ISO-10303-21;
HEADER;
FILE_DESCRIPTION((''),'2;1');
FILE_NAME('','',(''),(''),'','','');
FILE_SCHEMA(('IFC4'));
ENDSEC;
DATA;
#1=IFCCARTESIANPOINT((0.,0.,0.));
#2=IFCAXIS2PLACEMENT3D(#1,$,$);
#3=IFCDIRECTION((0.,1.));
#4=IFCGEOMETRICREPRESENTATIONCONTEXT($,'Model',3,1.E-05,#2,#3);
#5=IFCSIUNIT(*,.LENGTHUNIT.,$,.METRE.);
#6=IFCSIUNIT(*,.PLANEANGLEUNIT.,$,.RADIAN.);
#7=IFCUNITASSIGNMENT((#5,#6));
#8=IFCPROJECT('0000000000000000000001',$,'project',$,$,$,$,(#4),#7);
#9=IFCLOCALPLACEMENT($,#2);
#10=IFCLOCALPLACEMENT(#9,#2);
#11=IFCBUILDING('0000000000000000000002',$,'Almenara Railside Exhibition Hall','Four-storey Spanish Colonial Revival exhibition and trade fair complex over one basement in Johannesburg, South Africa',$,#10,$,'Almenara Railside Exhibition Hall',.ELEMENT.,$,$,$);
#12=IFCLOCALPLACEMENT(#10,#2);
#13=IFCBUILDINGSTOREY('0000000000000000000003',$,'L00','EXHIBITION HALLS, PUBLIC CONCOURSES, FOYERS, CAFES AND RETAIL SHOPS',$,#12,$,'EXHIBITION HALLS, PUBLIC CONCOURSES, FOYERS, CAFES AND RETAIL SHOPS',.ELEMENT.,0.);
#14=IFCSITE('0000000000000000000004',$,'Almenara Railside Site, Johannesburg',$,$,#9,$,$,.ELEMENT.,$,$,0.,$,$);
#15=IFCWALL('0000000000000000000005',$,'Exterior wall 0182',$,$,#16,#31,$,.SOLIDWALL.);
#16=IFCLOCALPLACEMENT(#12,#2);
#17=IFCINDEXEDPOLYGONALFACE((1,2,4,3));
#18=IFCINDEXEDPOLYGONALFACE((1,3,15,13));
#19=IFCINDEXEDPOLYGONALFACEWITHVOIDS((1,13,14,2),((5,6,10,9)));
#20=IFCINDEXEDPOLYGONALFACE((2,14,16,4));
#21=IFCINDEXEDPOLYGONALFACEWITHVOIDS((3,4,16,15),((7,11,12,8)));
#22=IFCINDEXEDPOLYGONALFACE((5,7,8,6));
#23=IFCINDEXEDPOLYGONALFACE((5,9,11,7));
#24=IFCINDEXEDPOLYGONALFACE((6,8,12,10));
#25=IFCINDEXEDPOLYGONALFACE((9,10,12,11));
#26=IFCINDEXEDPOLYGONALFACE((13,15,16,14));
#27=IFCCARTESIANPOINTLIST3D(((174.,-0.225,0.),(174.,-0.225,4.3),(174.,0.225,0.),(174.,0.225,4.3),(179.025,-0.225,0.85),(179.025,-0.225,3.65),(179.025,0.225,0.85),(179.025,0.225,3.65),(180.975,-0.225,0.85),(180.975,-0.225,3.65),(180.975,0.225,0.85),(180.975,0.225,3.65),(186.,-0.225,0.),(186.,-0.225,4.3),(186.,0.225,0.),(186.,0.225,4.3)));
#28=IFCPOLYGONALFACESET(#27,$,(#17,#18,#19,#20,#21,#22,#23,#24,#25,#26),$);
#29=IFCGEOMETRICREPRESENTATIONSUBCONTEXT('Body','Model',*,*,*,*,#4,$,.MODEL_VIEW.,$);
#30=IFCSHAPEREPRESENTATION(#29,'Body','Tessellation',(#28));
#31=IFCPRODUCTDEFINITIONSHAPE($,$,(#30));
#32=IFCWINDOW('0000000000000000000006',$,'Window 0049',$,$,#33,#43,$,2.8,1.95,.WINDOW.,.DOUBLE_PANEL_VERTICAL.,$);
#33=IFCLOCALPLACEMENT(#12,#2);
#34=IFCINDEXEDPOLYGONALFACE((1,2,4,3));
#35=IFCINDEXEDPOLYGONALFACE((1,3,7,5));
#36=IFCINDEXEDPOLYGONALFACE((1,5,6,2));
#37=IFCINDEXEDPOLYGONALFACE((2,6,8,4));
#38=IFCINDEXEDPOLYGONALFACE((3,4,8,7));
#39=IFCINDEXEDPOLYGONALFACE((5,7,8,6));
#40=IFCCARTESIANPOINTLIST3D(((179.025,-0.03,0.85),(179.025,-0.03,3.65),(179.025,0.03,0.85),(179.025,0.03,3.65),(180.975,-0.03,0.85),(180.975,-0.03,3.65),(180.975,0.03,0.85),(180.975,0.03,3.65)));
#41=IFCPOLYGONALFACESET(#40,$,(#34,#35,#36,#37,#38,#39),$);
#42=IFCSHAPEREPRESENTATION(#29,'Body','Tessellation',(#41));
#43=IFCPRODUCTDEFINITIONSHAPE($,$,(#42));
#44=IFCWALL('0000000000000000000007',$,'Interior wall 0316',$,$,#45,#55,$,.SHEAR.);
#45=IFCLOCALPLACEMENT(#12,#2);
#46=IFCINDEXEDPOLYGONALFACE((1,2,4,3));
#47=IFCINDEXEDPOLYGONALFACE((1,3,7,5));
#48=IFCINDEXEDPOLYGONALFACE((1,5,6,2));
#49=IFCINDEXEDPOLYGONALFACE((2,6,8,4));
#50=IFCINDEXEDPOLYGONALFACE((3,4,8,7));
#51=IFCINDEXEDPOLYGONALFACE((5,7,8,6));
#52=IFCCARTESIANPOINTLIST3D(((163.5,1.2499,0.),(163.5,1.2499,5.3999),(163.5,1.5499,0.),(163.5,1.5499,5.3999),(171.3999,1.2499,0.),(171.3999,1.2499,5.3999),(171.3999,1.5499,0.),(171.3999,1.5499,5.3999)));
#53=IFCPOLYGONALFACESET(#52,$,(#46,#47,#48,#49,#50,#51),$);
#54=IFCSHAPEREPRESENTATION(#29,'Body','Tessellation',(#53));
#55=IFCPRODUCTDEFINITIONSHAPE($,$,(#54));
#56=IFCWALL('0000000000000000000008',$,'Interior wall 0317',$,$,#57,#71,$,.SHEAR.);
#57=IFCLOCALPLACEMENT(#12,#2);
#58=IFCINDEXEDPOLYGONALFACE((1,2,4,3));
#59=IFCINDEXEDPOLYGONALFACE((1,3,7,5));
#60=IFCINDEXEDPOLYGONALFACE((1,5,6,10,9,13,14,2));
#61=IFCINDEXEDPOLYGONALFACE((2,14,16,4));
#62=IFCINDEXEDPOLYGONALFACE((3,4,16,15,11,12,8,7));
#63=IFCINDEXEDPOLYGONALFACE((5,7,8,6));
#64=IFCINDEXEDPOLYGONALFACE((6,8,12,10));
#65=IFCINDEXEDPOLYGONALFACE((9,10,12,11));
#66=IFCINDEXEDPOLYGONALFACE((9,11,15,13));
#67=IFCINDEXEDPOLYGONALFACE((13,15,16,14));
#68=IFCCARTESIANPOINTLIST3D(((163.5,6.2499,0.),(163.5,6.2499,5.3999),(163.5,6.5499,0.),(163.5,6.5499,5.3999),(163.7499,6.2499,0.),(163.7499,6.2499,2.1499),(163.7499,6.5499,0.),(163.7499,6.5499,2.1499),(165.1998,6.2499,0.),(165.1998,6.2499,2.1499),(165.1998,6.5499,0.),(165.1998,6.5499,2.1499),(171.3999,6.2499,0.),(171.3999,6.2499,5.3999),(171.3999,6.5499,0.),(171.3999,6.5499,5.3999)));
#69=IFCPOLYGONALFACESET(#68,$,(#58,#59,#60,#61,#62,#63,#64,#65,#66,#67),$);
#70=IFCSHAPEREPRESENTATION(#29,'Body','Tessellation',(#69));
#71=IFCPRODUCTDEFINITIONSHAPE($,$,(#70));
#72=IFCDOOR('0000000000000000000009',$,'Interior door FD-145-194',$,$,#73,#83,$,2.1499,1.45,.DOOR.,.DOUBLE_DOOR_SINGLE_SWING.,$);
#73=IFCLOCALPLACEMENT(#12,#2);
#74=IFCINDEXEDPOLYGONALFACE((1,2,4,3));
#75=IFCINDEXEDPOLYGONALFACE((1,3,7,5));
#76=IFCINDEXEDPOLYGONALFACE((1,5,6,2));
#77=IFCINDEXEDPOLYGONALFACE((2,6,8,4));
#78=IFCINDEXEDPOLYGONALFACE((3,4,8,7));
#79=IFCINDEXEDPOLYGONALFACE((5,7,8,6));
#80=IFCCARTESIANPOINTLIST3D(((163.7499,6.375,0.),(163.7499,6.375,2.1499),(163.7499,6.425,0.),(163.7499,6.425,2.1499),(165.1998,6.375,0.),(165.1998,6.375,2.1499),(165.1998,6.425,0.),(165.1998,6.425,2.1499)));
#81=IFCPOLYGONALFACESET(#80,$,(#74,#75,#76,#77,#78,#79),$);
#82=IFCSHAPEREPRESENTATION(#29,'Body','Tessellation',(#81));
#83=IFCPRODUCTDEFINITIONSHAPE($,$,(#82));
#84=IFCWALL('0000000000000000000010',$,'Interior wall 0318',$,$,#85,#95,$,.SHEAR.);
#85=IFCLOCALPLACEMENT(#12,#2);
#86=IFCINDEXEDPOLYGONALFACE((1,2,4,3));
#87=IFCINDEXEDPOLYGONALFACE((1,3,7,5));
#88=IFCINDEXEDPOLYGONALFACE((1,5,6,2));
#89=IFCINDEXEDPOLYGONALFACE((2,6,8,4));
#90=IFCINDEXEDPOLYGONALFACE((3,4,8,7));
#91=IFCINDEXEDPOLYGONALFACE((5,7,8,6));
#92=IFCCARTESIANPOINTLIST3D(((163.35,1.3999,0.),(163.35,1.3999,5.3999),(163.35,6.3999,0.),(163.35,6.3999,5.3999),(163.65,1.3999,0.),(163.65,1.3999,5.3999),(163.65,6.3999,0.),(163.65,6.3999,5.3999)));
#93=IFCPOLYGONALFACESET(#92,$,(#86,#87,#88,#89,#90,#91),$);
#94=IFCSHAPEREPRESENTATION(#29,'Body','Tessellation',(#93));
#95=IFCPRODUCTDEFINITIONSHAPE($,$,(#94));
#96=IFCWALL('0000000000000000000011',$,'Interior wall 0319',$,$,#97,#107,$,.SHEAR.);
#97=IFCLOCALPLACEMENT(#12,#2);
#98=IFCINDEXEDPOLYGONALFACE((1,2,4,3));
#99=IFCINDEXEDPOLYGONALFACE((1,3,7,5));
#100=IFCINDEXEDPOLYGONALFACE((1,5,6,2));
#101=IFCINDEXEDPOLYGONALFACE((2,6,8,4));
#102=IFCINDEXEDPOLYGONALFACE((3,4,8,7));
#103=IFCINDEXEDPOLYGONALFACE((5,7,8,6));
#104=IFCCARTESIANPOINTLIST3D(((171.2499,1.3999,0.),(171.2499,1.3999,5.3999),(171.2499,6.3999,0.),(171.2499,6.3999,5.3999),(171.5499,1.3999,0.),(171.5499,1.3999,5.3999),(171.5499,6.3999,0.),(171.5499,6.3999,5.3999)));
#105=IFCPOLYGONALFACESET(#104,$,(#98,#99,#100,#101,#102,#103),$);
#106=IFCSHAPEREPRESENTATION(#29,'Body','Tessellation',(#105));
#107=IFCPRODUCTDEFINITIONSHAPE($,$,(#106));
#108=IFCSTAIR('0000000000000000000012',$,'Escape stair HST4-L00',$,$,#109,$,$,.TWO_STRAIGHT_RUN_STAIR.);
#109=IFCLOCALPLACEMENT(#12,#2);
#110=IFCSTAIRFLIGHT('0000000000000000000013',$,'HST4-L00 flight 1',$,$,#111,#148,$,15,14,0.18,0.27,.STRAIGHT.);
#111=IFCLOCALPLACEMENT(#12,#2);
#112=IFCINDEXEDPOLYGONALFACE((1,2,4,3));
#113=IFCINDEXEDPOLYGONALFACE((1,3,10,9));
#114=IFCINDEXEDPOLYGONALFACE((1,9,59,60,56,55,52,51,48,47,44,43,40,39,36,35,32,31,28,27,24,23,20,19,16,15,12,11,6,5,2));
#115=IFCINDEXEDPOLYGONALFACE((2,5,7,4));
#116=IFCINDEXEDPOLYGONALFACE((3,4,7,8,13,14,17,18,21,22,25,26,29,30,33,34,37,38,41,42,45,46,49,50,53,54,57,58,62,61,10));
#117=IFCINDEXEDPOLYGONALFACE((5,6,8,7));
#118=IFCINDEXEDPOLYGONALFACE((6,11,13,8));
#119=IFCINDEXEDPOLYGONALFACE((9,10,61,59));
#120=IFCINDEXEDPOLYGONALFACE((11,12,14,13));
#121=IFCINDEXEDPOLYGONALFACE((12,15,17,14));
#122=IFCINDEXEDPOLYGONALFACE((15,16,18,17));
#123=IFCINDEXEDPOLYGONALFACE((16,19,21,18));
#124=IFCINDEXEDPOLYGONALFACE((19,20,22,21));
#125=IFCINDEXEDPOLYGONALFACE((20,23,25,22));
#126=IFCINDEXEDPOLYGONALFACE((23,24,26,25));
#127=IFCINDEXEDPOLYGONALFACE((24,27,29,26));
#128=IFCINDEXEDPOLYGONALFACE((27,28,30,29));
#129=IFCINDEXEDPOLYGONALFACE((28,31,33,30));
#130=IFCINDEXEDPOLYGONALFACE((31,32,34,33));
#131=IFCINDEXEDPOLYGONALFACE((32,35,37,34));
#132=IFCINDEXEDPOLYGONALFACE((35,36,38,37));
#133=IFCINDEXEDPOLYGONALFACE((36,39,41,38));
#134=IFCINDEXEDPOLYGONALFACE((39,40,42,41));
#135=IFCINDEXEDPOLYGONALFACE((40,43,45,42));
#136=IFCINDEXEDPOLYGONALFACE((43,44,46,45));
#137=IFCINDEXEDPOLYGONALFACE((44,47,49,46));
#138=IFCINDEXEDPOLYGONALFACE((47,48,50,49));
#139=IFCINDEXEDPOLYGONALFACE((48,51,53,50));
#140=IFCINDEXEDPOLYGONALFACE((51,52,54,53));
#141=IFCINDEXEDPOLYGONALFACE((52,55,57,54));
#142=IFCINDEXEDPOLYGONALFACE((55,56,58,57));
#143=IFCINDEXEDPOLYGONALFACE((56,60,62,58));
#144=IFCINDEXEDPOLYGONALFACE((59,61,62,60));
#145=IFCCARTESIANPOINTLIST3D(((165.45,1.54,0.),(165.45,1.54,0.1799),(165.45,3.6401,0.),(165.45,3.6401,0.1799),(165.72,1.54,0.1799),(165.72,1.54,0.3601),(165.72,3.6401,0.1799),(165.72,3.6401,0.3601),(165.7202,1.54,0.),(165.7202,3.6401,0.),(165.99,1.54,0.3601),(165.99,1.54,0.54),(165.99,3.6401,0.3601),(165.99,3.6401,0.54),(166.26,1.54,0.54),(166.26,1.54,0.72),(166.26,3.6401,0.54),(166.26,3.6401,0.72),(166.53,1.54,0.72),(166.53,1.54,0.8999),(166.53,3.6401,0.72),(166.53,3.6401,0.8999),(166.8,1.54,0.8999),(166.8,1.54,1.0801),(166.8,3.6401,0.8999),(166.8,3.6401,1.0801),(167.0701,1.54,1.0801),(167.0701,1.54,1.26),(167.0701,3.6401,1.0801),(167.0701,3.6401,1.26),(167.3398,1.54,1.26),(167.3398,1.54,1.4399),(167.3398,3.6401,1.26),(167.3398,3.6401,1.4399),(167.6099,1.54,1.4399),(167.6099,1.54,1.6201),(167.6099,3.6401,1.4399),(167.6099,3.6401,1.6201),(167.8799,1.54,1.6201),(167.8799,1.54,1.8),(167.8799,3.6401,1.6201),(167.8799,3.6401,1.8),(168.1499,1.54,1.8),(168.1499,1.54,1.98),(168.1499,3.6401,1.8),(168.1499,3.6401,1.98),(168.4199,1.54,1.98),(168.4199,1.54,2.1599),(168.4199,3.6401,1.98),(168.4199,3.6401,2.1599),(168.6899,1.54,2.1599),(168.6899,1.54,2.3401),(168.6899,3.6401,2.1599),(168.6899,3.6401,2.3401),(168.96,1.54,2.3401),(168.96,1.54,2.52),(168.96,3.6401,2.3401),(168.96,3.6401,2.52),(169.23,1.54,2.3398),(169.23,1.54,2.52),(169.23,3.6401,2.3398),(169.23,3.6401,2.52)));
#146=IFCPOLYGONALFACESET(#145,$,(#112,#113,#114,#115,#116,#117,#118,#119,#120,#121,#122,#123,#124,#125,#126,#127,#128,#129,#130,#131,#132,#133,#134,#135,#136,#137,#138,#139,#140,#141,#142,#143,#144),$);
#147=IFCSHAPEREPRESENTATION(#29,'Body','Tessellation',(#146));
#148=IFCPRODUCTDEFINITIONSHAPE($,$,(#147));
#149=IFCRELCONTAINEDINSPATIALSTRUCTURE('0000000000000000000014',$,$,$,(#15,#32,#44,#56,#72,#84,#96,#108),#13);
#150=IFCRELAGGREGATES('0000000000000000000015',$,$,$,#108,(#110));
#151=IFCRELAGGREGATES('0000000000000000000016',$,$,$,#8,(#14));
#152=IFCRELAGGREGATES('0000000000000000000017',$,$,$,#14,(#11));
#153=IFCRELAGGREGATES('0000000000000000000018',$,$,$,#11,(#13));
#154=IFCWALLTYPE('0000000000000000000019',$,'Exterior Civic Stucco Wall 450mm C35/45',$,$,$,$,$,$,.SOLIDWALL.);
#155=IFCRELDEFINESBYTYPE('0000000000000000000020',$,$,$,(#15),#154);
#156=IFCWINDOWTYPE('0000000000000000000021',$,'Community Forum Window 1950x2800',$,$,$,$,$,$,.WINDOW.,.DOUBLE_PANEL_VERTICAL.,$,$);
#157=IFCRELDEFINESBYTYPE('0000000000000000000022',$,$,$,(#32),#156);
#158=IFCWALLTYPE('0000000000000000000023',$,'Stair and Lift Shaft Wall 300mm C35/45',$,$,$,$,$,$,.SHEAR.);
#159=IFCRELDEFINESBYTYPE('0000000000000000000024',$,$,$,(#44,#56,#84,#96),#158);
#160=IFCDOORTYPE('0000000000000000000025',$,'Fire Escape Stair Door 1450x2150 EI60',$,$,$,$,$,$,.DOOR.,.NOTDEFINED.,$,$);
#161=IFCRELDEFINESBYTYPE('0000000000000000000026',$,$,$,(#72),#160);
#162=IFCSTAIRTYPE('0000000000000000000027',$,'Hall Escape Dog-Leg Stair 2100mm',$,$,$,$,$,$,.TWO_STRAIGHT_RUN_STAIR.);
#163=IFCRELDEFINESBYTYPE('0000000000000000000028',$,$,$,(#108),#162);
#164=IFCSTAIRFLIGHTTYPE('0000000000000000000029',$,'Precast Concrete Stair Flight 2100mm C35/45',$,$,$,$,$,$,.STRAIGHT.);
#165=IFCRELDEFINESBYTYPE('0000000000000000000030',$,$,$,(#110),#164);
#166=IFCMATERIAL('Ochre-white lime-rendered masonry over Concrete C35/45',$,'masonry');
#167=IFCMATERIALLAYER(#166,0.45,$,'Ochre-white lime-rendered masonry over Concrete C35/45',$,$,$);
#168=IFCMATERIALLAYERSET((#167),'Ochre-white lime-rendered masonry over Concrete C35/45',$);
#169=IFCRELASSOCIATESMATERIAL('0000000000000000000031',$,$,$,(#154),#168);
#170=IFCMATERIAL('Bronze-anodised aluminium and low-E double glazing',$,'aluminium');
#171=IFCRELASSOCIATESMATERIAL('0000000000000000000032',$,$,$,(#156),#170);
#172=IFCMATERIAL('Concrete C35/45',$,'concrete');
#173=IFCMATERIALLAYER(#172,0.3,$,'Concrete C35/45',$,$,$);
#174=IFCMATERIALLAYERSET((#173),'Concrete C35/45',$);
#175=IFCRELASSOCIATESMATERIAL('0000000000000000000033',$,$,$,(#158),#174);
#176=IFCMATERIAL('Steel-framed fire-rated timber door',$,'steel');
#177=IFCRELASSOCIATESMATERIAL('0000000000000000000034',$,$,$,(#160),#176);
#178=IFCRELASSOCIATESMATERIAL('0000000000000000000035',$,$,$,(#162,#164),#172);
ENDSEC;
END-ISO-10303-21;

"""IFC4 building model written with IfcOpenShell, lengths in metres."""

from ifc_helpers import new_model, si_unit, direction, frame, frame_2d, origin, place, context, subcontext, project, spatial, polyline, rectangle, outline, extrude, material, layer, layer_set, type_object, element, fill, aggregate, save


model = new_model("IFC4")

# Units and contexts
model_context = context("Model", 3, precision=1e-05, world=origin(), true_north=direction((0.0, 1.0)))
body_context = subcontext(model_context, "Body", "Model", "MODEL_VIEW")
ifc_project = project(units=[si_unit("LENGTHUNIT", "METRE"), si_unit("PLANEANGLEUNIT", "RADIAN")], contexts=[model_context])

# Site, building, storey
site_placement = place(None, origin())
site = spatial("IfcSite", under=ifc_project, at=site_placement, Name="Almenara Railside Site, Johannesburg", CompositionType="ELEMENT", RefElevation=0.0)
building_placement = place(site_placement, origin())
building = spatial("IfcBuilding", under=site, at=building_placement, Name="Almenara Railside Exhibition Hall", Description="Four-storey Spanish Colonial Revival exhibition and trade fair complex over one basement in Johannesburg, South Africa", LongName="Almenara Railside Exhibition Hall", CompositionType="ELEMENT")
storey_placement = place(building_placement, origin())
storey = spatial("IfcBuildingStorey", under=building, at=storey_placement, Name="L00", Description="EXHIBITION HALLS, PUBLIC CONCOURSES, FOYERS, CAFES AND RETAIL SHOPS", LongName="EXHIBITION HALLS, PUBLIC CONCOURSES, FOYERS, CAFES AND RETAIL SHOPS", CompositionType="ELEMENT", Elevation=0.0)

# Shared definitions
ifc_material_1 = material(Name="Concrete C35/45", Category="concrete")

# Shared definitions
ifc_material_2 = material(Name="Ochre-white lime-rendered masonry over Concrete C35/45", Category="masonry")
ifc_layer_1 = layer(ifc_material_2, 0.45, Name="Ochre-white lime-rendered masonry over Concrete C35/45")
ifc_layer_set_1 = layer_set([ifc_layer_1], Name="Ochre-white lime-rendered masonry over Concrete C35/45")
wall_type_1 = type_object("IfcWallType", Name="Exterior Civic Stucco Wall 450mm C35/45", PredefinedType="SOLIDWALL", material=ifc_layer_set_1)

# Wall, opening, window
wall_1_placement = place(storey_placement, frame((174.0, 0.0, 0.0), z_axis=(0.0, 0.0, 1.0), x_axis=(1.0, 0.0, 0.0)))
wall_1 = element("IfcWall", 1, at=wall_1_placement, inside=storey, type_object=wall_type_1, Name="Exterior wall 0182", PredefinedType="SOLIDWALL", context=body_context, shape_type="SweptSolid", body=[
    extrude(rectangle(XDim=12.0, YDim=0.45, at=frame_2d((6.0, 0.0))), origin(), (0.0, 0.0, 1.0), 4.3),
])
opening_1_placement = place(wall_1_placement, frame((5.0249, 0.0, 0.8501)))
opening_1 = element("IfcOpeningElement", 2, at=opening_1_placement, cuts=wall_1, PredefinedType="OPENING", context=body_context, shape_type="SweptSolid", body=[
    extrude(rectangle(XDim=1.95, YDim=2.8, at=frame_2d((0.9751, 1.3999))), frame((0.0, 0.2349, 0.0), z_axis=(0.0, -1.0, 0.0), x_axis=(1.0, 0.0, 0.0)), (0.0, 0.0, 1.0), 0.47),
])
ifc_material_3 = material(Name="Bronze-anodised aluminium and low-E double glazing", Category="aluminium")
window_type = type_object("IfcWindowType", Name="Community Forum Window 1950x2800", PartitioningType="DOUBLE_PANEL_VERTICAL", PredefinedType="WINDOW", material=ifc_material_3)
window_placement = place(opening_1_placement, origin())
window = element("IfcWindow", 3, at=window_placement, inside=storey, type_object=window_type, Name="Window 0049", OverallHeight=2.8, OverallWidth=1.95, PartitioningType="DOUBLE_PANEL_VERTICAL", PredefinedType="WINDOW", context=body_context, shape_type="SweptSolid", body=[
    extrude(rectangle(XDim=1.95, YDim=2.8, at=frame_2d((0.9751, 1.3999))), frame((0.0, 0.03, 0.0), z_axis=(0.0, -1.0, 0.0), x_axis=(1.0, 0.0, 0.0)), (0.0, 0.0, 1.0), 0.0601),
])
fill(opening_1, window)

# Wall
ifc_layer_2 = layer(ifc_material_1, 0.3, Name="Concrete C35/45")
ifc_layer_set_2 = layer_set([ifc_layer_2], Name="Concrete C35/45")
wall_type_2 = type_object("IfcWallType", Name="Stair and Lift Shaft Wall 300mm C35/45", PredefinedType="SHEAR", material=ifc_layer_set_2)
wall_2_placement = place(storey_placement, frame((163.5, 1.3999, 0.0), z_axis=(0.0, 0.0, 1.0), x_axis=(1.0, 0.0, 0.0)))
element("IfcWall", 4, at=wall_2_placement, inside=storey, type_object=wall_type_2, Name="Interior wall 0316", PredefinedType="SHEAR", context=body_context, shape_type="SweptSolid", body=[
    extrude(rectangle(XDim=7.8999, YDim=0.3, at=frame_2d((3.95, 0.0))), origin(), (0.0, 0.0, 1.0), 5.3999),
])

# Wall, opening, door
wall_3_placement = place(storey_placement, frame((171.3999, 6.3999, 0.0), z_axis=(0.0, 0.0, 1.0), x_axis=(-1.0, 0.0, 0.0)))
wall_3 = element("IfcWall", 5, at=wall_3_placement, inside=storey, type_object=wall_type_2, Name="Interior wall 0317", PredefinedType="SHEAR", context=body_context, shape_type="SweptSolid", body=[
    extrude(rectangle(XDim=7.8999, YDim=0.3, at=frame_2d((3.95, 0.0))), origin(), (0.0, 0.0, 1.0), 5.3999),
])
opening_2_placement = place(wall_3_placement, frame((6.2, 0.0, 0.0)))
opening_2 = element("IfcOpeningElement", 6, at=opening_2_placement, cuts=wall_3, PredefinedType="OPENING", context=body_context, shape_type="SweptSolid", body=[
    extrude(rectangle(XDim=1.45, YDim=2.1499, at=frame_2d((0.7251, 1.075))), frame((0.0, 0.1599, 0.0), z_axis=(0.0, -1.0, 0.0), x_axis=(1.0, 0.0, 0.0)), (0.0, 0.0, 1.0), 0.3201),
])
ifc_material_4 = material(Name="Steel-framed fire-rated timber door", Category="steel")
door_type_1 = type_object("IfcDoorType", Name="Fire Escape Stair Door 1450x2150 EI60", OperationType="NOTDEFINED", PredefinedType="DOOR", material=ifc_material_4)
door_1_placement = place(opening_2_placement, origin())
door_1 = element("IfcDoor", 7, at=door_1_placement, inside=storey, type_object=door_type_1, Name="Interior door FD-145-194", OperationType="DOUBLE_DOOR_SINGLE_SWING", OverallHeight=2.1499, OverallWidth=1.45, PredefinedType="DOOR", context=body_context, shape_type="SweptSolid", body=[
    extrude(rectangle(XDim=1.45, YDim=2.1499, at=frame_2d((0.7251, 1.075))), frame((0.0, 0.0249, 0.0), z_axis=(0.0, -1.0, 0.0), x_axis=(1.0, 0.0, 0.0)), (0.0, 0.0, 1.0), 0.05),
])
fill(opening_2, door_1)

# Walls
for number, where, z_axis, x_axis, name in (
    (8, (163.5, 6.3999, 0.0), (0.0, 0.0, 1.0), (0.0, -1.0, 0.0), "Interior wall 0318"),
    (9, (171.3999, 1.3999, 0.0), (0.0, 0.0, 1.0), (0.0, 1.0, 0.0), "Interior wall 0319"),
):
    element("IfcWall", number, at=place(storey_placement, frame(where, z_axis=z_axis, x_axis=x_axis)), inside=storey, type_object=wall_type_2, Name=name, PredefinedType="SHEAR", context=body_context, shape_type="SweptSolid", body=[
        extrude(rectangle(XDim=5.0, YDim=0.3, at=frame_2d((2.5, 0.0))), origin(), (0.0, 0.0, 1.0), 5.3999),
    ])

# Stair, stair flight
stair_type = type_object("IfcStairType", Name="Hall Escape Dog-Leg Stair 2100mm", PredefinedType="TWO_STRAIGHT_RUN_STAIR", material=ifc_material_1)
stair_placement = place(storey_placement, origin())
stair = element("IfcStair", 10, at=stair_placement, inside=storey, type_object=stair_type, Name="Escape stair HST4-L00", PredefinedType="TWO_STRAIGHT_RUN_STAIR")
stair_flight_type = type_object("IfcStairFlightType", Name="Precast Concrete Stair Flight 2100mm C35/45", PredefinedType="STRAIGHT", material=ifc_material_1)
stair_flight_1_placement = place(storey_placement, frame((165.45, 2.5901, 0.0), z_axis=(0.0, 0.0, 1.0), x_axis=(1.0, 0.0, 0.0)))
stair_flight_1 = element("IfcStairFlight", 11, at=stair_flight_1_placement, type_object=stair_flight_type, Name="HST4-L00 flight 1", NumberOfRisers=15, NumberOfTreads=14, PredefinedType="STRAIGHT", RiserHeight=0.18, TreadLength=0.27, context=body_context, shape_type="SweptSolid", body=[
    extrude(outline(polyline([(0.0, 0.0), (0.0, 0.1799), (0.27, 0.1799), (0.27, 0.3601), (0.54, 0.3601), (0.54, 0.54), (0.8101, 0.54), (0.8101, 0.72), (1.0801, 0.72), (1.0801, 0.8999), (1.3501, 0.8999), (1.3501, 1.0801), (1.6201, 1.0801), (1.6201, 1.26), (1.8899, 1.26), (1.8899, 1.4399), (2.1599, 1.4399), (2.1599, 1.6201), (2.4299, 1.6201), (2.4299, 1.8), (2.7, 1.8), (2.7, 1.98), (2.97, 1.98), (2.97, 2.1599), (3.24, 2.1599), (3.24, 2.3401), (3.51, 2.3401), (3.51, 2.52), (3.78, 2.52), (3.78, 2.7), (3.78, 2.3398), (0.2703, 0.0), (0.0, 0.0)])), frame((0.0, 1.05, 0.0), z_axis=(0.0, -1.0, 0.0), x_axis=(1.0, 0.0, 0.0)), (0.0, 0.0, 1.0), 2.1001),
])
aggregate(stair, [stair_flight_1])

save(model, "model.ifc")
